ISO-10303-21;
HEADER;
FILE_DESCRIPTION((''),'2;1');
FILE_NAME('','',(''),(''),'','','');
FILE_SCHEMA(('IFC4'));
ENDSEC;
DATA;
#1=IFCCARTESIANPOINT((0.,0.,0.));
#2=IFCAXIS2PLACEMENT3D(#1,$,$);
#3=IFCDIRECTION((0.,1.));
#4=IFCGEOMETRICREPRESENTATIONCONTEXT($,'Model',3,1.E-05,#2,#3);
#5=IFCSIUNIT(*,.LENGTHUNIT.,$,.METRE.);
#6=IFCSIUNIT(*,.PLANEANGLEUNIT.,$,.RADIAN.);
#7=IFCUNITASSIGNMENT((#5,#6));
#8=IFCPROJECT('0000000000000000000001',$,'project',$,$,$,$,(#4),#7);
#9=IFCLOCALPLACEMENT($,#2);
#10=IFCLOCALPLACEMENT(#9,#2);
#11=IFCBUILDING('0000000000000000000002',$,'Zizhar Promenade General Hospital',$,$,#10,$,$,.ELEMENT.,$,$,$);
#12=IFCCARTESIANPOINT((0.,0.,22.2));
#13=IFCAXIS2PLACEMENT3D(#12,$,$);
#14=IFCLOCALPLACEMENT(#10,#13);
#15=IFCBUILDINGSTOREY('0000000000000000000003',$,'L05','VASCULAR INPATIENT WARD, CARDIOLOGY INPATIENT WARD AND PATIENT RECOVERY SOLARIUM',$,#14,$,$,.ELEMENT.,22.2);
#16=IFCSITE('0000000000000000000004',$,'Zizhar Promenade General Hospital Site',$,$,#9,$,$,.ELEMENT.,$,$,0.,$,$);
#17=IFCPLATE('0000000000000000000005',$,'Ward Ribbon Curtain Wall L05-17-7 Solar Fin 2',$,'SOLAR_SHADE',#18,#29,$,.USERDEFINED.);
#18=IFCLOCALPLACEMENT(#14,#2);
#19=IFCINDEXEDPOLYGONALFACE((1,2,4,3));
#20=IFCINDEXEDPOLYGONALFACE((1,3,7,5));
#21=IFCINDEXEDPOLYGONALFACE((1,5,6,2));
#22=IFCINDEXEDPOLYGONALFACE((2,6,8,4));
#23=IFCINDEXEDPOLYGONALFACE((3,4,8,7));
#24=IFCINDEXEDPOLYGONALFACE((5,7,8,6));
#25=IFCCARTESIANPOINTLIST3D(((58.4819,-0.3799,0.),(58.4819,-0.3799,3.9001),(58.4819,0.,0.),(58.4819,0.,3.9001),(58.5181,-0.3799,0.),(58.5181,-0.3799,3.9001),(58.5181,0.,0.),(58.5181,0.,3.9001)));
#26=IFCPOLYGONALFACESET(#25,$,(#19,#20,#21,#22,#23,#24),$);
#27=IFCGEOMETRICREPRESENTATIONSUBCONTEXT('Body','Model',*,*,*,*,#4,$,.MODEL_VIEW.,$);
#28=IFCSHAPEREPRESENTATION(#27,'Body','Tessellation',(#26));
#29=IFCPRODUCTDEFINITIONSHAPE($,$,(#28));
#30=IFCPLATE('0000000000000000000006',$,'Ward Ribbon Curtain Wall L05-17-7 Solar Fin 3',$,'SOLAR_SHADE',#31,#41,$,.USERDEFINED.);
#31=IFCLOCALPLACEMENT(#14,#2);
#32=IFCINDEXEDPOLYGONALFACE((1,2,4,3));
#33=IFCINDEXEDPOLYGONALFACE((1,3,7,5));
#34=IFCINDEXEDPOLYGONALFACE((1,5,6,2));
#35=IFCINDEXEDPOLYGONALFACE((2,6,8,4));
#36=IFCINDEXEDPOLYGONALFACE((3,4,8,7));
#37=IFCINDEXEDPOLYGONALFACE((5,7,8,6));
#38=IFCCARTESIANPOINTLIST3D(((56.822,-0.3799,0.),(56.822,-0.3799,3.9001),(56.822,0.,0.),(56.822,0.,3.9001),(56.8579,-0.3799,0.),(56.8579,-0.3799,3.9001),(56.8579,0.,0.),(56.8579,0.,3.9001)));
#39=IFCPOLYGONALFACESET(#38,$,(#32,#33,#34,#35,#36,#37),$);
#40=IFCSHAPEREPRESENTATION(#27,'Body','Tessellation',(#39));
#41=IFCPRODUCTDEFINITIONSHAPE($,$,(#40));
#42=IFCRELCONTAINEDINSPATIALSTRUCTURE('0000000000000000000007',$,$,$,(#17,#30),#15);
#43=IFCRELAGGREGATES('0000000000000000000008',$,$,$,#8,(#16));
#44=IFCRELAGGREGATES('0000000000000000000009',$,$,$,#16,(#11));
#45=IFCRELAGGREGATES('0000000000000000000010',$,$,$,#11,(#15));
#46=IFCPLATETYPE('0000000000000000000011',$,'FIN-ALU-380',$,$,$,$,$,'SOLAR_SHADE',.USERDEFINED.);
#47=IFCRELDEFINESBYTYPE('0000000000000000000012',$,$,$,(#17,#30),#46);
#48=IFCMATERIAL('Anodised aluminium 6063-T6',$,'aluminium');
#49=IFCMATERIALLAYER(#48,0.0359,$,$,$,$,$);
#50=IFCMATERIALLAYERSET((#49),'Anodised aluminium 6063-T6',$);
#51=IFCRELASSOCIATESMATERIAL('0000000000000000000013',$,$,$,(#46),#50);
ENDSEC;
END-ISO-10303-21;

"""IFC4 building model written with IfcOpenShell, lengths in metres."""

from ifc_helpers import new_model, si_unit, direction, frame, origin, place, context, subcontext, project, spatial, polyline, outline, extrude, material, layer, layer_set, type_object, element, save


model = new_model("IFC4")

# Units and contexts
model_context = context("Model", 3, precision=1e-05, world=origin(), true_north=direction((0.0, 1.0)))
body_context = subcontext(model_context, "Body", "Model", "MODEL_VIEW")
ifc_project = project(units=[si_unit("LENGTHUNIT", "METRE"), si_unit("PLANEANGLEUNIT", "RADIAN")], contexts=[model_context])

# Site, building, storey
site_placement = place(None, origin())
site = spatial("IfcSite", under=ifc_project, at=site_placement, Name="Zizhar Promenade General Hospital Site", CompositionType="ELEMENT", RefElevation=0.0)
building_placement = place(site_placement, origin())
building = spatial("IfcBuilding", under=site, at=building_placement, Name="Zizhar Promenade General Hospital", CompositionType="ELEMENT")
storey_placement = place(building_placement, frame((0.0, 0.0, 22.2)))
storey = spatial("IfcBuildingStorey", under=building, at=storey_placement, Name="L05", Description="VASCULAR INPATIENT WARD, CARDIOLOGY INPATIENT WARD AND PATIENT RECOVERY SOLARIUM", CompositionType="ELEMENT", Elevation=22.2)

# Plates
ifc_material = material(Name="Anodised aluminium 6063-T6", Category="aluminium")
ifc_layer = layer(ifc_material, 0.0359)
ifc_layer_set = layer_set([ifc_layer], Name="Anodised aluminium 6063-T6")
plate_type = type_object("IfcPlateType", Name="FIN-ALU-380", ElementType="SOLAR_SHADE", PredefinedType="USERDEFINED", material=ifc_layer_set)
plate_1_placement = place(storey_placement, origin())
element("IfcPlate", 1, at=plate_1_placement, inside=storey, type_object=plate_type, Name="Ward Ribbon Curtain Wall L05-17-7 Solar Fin 2", ObjectType="SOLAR_SHADE", PredefinedType="USERDEFINED", context=body_context, shape_type="SweptSolid", body=[
    extrude(outline(polyline([(58.5181, 0.0), (58.4819, 0.0), (58.4819, -0.3799), (58.5181, -0.3799), (58.5181, 0.0)])), origin(), (0.0, 0.0, 1.0), 3.9001),
])
plate_2_placement = place(storey_placement, origin())
element("IfcPlate", 2, at=plate_2_placement, inside=storey, type_object=plate_type, Name="Ward Ribbon Curtain Wall L05-17-7 Solar Fin 3", ObjectType="SOLAR_SHADE", PredefinedType="USERDEFINED", context=body_context, shape_type="SweptSolid", body=[
    extrude(outline(polyline([(56.8579, 0.0), (56.822, 0.0), (56.822, -0.3799), (56.8579, -0.3799), (56.8579, 0.0)])), origin(), (0.0, 0.0, 1.0), 3.9001),
])

save(model, "model.ifc")
